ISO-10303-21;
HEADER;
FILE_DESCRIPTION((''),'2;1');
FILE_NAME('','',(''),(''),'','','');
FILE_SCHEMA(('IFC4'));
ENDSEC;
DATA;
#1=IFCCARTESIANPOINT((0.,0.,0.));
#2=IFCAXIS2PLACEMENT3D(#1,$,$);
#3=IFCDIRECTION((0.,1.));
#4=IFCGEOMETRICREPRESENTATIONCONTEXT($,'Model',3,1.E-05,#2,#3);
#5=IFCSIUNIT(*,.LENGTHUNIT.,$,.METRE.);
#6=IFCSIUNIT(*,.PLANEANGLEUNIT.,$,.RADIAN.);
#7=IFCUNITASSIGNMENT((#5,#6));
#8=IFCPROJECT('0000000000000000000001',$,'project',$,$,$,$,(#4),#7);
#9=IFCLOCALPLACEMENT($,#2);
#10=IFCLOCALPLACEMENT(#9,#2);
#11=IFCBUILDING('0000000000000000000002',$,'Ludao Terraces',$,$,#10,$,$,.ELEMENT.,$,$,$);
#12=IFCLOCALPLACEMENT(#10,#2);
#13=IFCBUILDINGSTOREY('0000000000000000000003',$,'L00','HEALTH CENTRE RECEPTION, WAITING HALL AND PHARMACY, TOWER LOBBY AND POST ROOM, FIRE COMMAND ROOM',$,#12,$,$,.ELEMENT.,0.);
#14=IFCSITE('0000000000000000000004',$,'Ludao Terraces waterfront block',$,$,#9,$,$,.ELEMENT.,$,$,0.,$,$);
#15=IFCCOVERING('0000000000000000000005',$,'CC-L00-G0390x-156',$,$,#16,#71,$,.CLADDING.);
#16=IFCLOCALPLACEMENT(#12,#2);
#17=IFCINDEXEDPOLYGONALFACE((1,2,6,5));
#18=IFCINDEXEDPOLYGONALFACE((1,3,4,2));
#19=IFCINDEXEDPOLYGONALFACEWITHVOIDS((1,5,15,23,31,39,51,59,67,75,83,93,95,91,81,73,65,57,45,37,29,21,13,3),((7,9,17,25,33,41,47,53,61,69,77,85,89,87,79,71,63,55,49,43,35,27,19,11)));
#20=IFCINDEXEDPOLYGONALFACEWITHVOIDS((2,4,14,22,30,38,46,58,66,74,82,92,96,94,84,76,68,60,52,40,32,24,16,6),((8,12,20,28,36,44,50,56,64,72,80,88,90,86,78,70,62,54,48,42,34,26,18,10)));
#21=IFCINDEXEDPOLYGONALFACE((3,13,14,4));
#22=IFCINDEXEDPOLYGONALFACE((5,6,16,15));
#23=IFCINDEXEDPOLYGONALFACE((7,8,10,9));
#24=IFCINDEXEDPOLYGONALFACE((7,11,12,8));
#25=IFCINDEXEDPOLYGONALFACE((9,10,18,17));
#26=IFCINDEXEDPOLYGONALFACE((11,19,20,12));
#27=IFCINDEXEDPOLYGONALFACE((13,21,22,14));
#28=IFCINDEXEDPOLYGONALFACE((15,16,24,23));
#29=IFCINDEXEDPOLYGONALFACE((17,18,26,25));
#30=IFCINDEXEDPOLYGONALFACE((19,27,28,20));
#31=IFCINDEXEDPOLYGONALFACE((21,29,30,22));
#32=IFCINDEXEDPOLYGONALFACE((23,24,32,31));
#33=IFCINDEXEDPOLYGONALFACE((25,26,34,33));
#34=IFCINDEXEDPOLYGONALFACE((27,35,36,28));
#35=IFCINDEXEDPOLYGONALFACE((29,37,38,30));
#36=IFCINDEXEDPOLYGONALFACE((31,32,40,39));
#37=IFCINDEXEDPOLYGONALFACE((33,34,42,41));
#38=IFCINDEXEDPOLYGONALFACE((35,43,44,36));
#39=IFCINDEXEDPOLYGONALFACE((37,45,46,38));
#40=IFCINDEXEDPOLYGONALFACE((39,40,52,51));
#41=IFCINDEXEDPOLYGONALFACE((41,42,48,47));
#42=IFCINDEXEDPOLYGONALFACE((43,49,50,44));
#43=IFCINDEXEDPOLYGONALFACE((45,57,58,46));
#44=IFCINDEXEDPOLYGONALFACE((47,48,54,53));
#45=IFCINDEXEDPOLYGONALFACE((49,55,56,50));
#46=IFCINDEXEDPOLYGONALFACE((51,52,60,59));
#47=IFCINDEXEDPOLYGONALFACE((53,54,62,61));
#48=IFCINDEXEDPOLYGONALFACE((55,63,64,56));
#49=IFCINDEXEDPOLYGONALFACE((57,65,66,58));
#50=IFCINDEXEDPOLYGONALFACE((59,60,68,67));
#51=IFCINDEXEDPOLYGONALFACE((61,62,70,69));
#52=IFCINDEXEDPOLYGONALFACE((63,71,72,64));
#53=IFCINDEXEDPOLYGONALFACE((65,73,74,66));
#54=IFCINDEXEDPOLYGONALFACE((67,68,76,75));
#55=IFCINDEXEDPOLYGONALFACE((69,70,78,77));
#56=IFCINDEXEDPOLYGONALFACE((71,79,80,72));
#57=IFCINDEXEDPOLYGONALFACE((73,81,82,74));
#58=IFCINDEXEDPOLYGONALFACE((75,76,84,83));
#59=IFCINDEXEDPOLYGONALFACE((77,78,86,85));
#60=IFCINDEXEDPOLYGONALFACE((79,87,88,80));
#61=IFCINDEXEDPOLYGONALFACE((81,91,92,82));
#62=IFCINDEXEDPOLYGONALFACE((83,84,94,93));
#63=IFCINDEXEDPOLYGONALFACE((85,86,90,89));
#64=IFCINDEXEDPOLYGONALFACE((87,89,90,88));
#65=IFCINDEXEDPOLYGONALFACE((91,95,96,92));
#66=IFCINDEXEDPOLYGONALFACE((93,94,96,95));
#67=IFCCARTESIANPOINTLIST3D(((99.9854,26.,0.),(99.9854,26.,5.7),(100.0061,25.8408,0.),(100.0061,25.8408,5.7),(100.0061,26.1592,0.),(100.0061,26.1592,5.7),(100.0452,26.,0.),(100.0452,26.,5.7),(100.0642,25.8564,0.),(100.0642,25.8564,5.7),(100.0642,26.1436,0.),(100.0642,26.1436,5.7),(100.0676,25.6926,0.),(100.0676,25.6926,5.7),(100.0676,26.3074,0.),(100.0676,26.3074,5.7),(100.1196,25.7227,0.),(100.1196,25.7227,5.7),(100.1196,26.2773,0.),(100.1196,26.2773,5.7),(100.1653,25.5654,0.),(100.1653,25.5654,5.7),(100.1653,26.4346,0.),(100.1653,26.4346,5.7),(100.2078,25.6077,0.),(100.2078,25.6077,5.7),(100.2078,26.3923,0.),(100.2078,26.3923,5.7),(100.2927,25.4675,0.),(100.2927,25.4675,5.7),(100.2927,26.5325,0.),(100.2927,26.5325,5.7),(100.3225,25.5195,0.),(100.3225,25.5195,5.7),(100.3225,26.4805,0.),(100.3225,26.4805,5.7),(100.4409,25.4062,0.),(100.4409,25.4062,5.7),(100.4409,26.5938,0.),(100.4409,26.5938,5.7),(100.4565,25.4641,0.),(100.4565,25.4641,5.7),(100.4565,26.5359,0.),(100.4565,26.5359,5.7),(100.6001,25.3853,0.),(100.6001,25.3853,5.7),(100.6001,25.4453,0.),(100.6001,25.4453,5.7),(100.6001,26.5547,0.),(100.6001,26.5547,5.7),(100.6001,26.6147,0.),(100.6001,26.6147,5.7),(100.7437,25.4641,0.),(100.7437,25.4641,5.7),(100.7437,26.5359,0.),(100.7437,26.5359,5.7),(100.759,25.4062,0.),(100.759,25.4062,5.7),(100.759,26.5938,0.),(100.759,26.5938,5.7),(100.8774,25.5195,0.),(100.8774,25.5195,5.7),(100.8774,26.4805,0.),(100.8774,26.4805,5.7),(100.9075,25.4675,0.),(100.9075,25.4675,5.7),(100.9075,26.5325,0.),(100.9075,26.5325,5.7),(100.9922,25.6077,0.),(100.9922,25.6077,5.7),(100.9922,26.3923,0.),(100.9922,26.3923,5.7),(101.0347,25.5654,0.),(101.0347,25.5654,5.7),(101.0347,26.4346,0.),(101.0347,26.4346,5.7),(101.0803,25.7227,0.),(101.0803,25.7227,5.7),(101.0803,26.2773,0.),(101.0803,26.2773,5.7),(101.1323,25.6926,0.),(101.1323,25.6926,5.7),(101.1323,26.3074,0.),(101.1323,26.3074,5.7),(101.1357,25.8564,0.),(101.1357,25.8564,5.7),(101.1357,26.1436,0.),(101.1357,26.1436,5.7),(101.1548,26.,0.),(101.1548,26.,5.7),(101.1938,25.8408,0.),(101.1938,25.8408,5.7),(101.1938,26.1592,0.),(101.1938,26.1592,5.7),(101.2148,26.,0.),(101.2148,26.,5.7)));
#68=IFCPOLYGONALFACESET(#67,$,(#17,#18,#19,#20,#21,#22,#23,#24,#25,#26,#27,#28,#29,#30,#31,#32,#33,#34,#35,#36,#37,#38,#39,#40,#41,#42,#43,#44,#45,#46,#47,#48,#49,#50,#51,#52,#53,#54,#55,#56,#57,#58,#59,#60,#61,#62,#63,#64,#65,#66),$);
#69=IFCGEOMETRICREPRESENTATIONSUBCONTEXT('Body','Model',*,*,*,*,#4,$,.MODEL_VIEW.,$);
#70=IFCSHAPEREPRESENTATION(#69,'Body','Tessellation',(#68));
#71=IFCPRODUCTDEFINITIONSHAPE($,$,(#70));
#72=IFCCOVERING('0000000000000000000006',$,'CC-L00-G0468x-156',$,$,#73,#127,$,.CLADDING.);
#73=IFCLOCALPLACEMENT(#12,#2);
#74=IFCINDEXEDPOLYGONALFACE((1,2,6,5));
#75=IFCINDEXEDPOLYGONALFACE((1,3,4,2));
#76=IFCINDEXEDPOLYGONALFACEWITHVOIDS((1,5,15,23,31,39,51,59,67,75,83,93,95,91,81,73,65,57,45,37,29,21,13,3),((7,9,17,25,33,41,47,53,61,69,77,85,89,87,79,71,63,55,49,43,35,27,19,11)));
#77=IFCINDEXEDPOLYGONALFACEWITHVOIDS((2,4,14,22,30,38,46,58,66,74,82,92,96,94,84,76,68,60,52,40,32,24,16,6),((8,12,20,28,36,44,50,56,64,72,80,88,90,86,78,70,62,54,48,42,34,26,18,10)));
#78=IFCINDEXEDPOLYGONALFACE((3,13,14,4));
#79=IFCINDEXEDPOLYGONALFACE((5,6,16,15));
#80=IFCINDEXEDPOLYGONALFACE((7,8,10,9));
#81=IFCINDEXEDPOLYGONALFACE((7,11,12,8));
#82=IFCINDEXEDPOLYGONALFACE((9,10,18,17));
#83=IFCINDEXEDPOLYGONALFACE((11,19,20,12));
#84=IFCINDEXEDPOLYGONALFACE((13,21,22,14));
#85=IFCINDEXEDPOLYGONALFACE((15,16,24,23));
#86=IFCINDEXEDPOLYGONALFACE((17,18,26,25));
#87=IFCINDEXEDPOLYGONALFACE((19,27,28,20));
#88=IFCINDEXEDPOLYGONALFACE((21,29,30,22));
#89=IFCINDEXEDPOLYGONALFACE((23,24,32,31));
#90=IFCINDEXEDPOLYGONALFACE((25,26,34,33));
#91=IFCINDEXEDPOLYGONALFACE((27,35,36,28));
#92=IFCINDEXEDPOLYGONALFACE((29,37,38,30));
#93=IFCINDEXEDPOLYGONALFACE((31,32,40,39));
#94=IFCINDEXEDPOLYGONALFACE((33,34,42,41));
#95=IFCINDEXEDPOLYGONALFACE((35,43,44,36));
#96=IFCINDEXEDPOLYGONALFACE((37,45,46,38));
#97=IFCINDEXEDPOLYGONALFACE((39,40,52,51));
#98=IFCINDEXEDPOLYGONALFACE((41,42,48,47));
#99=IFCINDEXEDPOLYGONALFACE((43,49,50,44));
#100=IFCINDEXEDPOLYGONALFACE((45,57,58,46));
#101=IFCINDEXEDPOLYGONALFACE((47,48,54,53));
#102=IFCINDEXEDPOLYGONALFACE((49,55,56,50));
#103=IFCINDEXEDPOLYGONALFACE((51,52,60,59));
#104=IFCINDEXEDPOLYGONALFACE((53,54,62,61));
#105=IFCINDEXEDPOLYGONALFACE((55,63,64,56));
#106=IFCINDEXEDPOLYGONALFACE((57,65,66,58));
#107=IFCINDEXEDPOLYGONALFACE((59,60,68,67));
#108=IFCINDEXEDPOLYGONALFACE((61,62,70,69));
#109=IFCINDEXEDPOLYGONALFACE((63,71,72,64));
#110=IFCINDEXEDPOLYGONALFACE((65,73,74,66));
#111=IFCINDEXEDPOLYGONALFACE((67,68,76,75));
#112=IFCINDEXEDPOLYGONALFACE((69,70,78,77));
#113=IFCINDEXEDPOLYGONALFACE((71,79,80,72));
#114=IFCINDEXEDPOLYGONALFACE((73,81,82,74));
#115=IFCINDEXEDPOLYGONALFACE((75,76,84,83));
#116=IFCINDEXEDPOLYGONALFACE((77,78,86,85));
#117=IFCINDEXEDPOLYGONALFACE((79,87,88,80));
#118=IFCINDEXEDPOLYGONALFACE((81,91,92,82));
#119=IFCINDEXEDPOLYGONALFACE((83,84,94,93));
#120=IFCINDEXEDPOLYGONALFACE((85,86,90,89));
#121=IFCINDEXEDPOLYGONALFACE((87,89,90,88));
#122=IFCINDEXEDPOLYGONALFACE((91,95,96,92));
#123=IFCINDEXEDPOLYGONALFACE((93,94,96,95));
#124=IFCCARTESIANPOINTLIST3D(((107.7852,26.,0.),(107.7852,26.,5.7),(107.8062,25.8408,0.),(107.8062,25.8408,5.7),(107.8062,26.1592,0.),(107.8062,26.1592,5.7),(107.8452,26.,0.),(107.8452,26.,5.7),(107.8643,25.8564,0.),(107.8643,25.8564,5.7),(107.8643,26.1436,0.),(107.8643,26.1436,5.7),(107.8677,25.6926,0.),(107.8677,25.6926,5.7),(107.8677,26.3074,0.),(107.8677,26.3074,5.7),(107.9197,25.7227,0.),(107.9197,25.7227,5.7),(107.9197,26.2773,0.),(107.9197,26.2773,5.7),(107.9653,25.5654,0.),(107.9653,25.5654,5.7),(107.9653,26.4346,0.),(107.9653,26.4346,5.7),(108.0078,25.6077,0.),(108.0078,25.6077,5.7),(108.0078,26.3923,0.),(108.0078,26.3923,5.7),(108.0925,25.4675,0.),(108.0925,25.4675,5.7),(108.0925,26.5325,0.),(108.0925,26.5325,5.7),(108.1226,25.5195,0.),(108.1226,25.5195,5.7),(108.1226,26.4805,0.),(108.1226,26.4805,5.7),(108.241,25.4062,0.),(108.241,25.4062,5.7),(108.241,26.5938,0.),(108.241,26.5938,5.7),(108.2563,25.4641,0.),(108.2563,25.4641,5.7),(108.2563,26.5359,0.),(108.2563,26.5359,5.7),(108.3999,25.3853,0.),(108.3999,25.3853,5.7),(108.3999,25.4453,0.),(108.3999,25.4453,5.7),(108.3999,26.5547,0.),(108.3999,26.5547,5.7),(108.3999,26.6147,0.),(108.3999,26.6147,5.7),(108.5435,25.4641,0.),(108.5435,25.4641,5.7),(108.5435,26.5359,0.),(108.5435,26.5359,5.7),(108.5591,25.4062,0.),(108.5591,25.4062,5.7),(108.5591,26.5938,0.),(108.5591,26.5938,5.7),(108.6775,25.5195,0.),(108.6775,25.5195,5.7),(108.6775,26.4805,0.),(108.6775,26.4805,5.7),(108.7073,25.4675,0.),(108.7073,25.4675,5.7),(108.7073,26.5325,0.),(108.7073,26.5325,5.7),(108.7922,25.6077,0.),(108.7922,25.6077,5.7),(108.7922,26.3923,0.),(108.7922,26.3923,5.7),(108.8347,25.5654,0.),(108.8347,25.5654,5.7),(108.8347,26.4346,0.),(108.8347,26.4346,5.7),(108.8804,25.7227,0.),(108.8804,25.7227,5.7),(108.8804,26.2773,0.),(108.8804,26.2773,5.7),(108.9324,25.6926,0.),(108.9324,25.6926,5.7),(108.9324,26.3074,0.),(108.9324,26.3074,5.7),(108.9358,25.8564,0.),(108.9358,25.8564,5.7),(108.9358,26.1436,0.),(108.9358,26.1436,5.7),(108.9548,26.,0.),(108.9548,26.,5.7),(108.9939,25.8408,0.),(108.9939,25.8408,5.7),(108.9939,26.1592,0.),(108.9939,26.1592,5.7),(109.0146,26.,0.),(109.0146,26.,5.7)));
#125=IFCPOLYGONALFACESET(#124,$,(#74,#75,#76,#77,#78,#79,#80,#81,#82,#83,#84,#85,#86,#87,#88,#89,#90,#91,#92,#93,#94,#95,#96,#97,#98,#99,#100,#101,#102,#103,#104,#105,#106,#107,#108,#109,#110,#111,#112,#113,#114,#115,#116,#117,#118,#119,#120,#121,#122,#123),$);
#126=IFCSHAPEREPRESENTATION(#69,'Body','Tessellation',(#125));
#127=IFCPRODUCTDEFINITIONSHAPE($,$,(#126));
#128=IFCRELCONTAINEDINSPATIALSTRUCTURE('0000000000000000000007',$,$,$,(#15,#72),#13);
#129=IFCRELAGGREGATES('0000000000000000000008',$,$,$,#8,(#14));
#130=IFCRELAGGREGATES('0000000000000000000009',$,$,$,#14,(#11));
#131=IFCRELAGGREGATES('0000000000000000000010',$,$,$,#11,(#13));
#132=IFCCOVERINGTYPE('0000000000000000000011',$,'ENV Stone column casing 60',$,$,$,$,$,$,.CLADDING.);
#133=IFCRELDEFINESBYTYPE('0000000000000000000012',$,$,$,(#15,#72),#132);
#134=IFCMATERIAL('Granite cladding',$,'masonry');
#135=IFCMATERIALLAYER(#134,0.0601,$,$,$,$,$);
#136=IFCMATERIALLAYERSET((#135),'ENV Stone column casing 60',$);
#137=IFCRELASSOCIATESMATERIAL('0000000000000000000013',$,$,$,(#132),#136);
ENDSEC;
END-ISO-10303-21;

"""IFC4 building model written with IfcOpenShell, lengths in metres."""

from ifc_helpers import new_model, si_unit, direction, origin, place, context, subcontext, project, spatial, polyline, outline, extrude, material, layer, layer_set, type_object, element, save


model = new_model("IFC4")

# Units and contexts
model_context = context("Model", 3, precision=1e-05, world=origin(), true_north=direction((0.0, 1.0)))
body_context = subcontext(model_context, "Body", "Model", "MODEL_VIEW")
ifc_project = project(units=[si_unit("LENGTHUNIT", "METRE"), si_unit("PLANEANGLEUNIT", "RADIAN")], contexts=[model_context])

# Site, building, storey
site_placement = place(None, origin())
site = spatial("IfcSite", under=ifc_project, at=site_placement, Name="Ludao Terraces waterfront block", CompositionType="ELEMENT", RefElevation=0.0)
building_placement = place(site_placement, origin())
building = spatial("IfcBuilding", under=site, at=building_placement, Name="Ludao Terraces", CompositionType="ELEMENT")
storey_placement = place(building_placement, origin())
storey = spatial("IfcBuildingStorey", under=building, at=storey_placement, Name="L00", Description="HEALTH CENTRE RECEPTION, WAITING HALL AND PHARMACY, TOWER LOBBY AND POST ROOM, FIRE COMMAND ROOM", CompositionType="ELEMENT", Elevation=0.0)

# Coverings
ifc_material_1 = material(Name="Granite cladding", Category="masonry")
ifc_layer_1 = layer(ifc_material_1, 0.0601)
ifc_layer_set_1 = layer_set([ifc_layer_1], Name="ENV Stone column casing 60")
covering_type_1 = type_object("IfcCoveringType", Name="ENV Stone column casing 60", PredefinedType="CLADDING", material=ifc_layer_set_1)
covering_1_placement = place(storey_placement, origin())
element("IfcCovering", 1, at=covering_1_placement, inside=storey, type_object=covering_type_1, Name="CC-L00-G0390x-156", PredefinedType="CLADDING", context=body_context, shape_type="SweptSolid", body=[
    extrude(outline(polyline([(101.2148, 26.0), (101.1938, 26.1592), (101.1323, 26.3074), (101.0347, 26.4346), (100.9075, 26.5325), (100.759, 26.5938), (100.6001, 26.6147), (100.4409, 26.5938), (100.2927, 26.5325), (100.1653, 26.4346), (100.0676, 26.3074), (100.0061, 26.1592), (99.9854, 26.0), (100.0061, 25.8408), (100.0676, 25.6926), (100.1653, 25.5654), (100.2927, 25.4675), (100.4409, 25.4062), (100.6001, 25.3853), (100.759, 25.4062), (100.9075, 25.4675), (101.0347, 25.5654), (101.1323, 25.6926), (101.1938, 25.8408), (101.2148, 26.0)]), holes=[polyline([(101.1357, 25.8564), (101.0803, 25.7227), (100.9922, 25.6077), (100.8774, 25.5195), (100.7437, 25.4641), (100.6001, 25.4453), (100.4565, 25.4641), (100.3225, 25.5195), (100.2078, 25.6077), (100.1196, 25.7227), (100.0642, 25.8564), (100.0452, 26.0), (100.0642, 26.1436), (100.1196, 26.2773), (100.2078, 26.3923), (100.3225, 26.4805), (100.4565, 26.5359), (100.6001, 26.5547), (100.7437, 26.5359), (100.8774, 26.4805), (100.9922, 26.3923), (101.0803, 26.2773), (101.1357, 26.1436), (101.1548, 26.0), (101.1357, 25.8564)])]), origin(), (0.0, 0.0, 1.0), 5.7),
])
covering_2_placement = place(storey_placement, origin())
element("IfcCovering", 2, at=covering_2_placement, inside=storey, type_object=covering_type_1, Name="CC-L00-G0468x-156", PredefinedType="CLADDING", context=body_context, shape_type="SweptSolid", body=[
    extrude(outline(polyline([(109.0146, 26.0), (108.9939, 26.1592), (108.9324, 26.3074), (108.8347, 26.4346), (108.7073, 26.5325), (108.5591, 26.5938), (108.3999, 26.6147), (108.241, 26.5938), (108.0925, 26.5325), (107.9653, 26.4346), (107.8677, 26.3074), (107.8062, 26.1592), (107.7852, 26.0), (107.8062, 25.8408), (107.8677, 25.6926), (107.9653, 25.5654), (108.0925, 25.4675), (108.241, 25.4062), (108.3999, 25.3853), (108.5591, 25.4062), (108.7073, 25.4675), (108.8347, 25.5654), (108.9324, 25.6926), (108.9939, 25.8408), (109.0146, 26.0)]), holes=[polyline([(108.9358, 25.8564), (108.8804, 25.7227), (108.7922, 25.6077), (108.6775, 25.5195), (108.5435, 25.4641), (108.3999, 25.4453), (108.2563, 25.4641), (108.1226, 25.5195), (108.0078, 25.6077), (107.9197, 25.7227), (107.8643, 25.8564), (107.8452, 26.0), (107.8643, 26.1436), (107.9197, 26.2773), (108.0078, 26.3923), (108.1226, 26.4805), (108.2563, 26.5359), (108.3999, 26.5547), (108.5435, 26.5359), (108.6775, 26.4805), (108.7922, 26.3923), (108.8804, 26.2773), (108.9358, 26.1436), (108.9548, 26.0), (108.9358, 25.8564)])]), origin(), (0.0, 0.0, 1.0), 5.7),
])

save(model, "model.ifc")
